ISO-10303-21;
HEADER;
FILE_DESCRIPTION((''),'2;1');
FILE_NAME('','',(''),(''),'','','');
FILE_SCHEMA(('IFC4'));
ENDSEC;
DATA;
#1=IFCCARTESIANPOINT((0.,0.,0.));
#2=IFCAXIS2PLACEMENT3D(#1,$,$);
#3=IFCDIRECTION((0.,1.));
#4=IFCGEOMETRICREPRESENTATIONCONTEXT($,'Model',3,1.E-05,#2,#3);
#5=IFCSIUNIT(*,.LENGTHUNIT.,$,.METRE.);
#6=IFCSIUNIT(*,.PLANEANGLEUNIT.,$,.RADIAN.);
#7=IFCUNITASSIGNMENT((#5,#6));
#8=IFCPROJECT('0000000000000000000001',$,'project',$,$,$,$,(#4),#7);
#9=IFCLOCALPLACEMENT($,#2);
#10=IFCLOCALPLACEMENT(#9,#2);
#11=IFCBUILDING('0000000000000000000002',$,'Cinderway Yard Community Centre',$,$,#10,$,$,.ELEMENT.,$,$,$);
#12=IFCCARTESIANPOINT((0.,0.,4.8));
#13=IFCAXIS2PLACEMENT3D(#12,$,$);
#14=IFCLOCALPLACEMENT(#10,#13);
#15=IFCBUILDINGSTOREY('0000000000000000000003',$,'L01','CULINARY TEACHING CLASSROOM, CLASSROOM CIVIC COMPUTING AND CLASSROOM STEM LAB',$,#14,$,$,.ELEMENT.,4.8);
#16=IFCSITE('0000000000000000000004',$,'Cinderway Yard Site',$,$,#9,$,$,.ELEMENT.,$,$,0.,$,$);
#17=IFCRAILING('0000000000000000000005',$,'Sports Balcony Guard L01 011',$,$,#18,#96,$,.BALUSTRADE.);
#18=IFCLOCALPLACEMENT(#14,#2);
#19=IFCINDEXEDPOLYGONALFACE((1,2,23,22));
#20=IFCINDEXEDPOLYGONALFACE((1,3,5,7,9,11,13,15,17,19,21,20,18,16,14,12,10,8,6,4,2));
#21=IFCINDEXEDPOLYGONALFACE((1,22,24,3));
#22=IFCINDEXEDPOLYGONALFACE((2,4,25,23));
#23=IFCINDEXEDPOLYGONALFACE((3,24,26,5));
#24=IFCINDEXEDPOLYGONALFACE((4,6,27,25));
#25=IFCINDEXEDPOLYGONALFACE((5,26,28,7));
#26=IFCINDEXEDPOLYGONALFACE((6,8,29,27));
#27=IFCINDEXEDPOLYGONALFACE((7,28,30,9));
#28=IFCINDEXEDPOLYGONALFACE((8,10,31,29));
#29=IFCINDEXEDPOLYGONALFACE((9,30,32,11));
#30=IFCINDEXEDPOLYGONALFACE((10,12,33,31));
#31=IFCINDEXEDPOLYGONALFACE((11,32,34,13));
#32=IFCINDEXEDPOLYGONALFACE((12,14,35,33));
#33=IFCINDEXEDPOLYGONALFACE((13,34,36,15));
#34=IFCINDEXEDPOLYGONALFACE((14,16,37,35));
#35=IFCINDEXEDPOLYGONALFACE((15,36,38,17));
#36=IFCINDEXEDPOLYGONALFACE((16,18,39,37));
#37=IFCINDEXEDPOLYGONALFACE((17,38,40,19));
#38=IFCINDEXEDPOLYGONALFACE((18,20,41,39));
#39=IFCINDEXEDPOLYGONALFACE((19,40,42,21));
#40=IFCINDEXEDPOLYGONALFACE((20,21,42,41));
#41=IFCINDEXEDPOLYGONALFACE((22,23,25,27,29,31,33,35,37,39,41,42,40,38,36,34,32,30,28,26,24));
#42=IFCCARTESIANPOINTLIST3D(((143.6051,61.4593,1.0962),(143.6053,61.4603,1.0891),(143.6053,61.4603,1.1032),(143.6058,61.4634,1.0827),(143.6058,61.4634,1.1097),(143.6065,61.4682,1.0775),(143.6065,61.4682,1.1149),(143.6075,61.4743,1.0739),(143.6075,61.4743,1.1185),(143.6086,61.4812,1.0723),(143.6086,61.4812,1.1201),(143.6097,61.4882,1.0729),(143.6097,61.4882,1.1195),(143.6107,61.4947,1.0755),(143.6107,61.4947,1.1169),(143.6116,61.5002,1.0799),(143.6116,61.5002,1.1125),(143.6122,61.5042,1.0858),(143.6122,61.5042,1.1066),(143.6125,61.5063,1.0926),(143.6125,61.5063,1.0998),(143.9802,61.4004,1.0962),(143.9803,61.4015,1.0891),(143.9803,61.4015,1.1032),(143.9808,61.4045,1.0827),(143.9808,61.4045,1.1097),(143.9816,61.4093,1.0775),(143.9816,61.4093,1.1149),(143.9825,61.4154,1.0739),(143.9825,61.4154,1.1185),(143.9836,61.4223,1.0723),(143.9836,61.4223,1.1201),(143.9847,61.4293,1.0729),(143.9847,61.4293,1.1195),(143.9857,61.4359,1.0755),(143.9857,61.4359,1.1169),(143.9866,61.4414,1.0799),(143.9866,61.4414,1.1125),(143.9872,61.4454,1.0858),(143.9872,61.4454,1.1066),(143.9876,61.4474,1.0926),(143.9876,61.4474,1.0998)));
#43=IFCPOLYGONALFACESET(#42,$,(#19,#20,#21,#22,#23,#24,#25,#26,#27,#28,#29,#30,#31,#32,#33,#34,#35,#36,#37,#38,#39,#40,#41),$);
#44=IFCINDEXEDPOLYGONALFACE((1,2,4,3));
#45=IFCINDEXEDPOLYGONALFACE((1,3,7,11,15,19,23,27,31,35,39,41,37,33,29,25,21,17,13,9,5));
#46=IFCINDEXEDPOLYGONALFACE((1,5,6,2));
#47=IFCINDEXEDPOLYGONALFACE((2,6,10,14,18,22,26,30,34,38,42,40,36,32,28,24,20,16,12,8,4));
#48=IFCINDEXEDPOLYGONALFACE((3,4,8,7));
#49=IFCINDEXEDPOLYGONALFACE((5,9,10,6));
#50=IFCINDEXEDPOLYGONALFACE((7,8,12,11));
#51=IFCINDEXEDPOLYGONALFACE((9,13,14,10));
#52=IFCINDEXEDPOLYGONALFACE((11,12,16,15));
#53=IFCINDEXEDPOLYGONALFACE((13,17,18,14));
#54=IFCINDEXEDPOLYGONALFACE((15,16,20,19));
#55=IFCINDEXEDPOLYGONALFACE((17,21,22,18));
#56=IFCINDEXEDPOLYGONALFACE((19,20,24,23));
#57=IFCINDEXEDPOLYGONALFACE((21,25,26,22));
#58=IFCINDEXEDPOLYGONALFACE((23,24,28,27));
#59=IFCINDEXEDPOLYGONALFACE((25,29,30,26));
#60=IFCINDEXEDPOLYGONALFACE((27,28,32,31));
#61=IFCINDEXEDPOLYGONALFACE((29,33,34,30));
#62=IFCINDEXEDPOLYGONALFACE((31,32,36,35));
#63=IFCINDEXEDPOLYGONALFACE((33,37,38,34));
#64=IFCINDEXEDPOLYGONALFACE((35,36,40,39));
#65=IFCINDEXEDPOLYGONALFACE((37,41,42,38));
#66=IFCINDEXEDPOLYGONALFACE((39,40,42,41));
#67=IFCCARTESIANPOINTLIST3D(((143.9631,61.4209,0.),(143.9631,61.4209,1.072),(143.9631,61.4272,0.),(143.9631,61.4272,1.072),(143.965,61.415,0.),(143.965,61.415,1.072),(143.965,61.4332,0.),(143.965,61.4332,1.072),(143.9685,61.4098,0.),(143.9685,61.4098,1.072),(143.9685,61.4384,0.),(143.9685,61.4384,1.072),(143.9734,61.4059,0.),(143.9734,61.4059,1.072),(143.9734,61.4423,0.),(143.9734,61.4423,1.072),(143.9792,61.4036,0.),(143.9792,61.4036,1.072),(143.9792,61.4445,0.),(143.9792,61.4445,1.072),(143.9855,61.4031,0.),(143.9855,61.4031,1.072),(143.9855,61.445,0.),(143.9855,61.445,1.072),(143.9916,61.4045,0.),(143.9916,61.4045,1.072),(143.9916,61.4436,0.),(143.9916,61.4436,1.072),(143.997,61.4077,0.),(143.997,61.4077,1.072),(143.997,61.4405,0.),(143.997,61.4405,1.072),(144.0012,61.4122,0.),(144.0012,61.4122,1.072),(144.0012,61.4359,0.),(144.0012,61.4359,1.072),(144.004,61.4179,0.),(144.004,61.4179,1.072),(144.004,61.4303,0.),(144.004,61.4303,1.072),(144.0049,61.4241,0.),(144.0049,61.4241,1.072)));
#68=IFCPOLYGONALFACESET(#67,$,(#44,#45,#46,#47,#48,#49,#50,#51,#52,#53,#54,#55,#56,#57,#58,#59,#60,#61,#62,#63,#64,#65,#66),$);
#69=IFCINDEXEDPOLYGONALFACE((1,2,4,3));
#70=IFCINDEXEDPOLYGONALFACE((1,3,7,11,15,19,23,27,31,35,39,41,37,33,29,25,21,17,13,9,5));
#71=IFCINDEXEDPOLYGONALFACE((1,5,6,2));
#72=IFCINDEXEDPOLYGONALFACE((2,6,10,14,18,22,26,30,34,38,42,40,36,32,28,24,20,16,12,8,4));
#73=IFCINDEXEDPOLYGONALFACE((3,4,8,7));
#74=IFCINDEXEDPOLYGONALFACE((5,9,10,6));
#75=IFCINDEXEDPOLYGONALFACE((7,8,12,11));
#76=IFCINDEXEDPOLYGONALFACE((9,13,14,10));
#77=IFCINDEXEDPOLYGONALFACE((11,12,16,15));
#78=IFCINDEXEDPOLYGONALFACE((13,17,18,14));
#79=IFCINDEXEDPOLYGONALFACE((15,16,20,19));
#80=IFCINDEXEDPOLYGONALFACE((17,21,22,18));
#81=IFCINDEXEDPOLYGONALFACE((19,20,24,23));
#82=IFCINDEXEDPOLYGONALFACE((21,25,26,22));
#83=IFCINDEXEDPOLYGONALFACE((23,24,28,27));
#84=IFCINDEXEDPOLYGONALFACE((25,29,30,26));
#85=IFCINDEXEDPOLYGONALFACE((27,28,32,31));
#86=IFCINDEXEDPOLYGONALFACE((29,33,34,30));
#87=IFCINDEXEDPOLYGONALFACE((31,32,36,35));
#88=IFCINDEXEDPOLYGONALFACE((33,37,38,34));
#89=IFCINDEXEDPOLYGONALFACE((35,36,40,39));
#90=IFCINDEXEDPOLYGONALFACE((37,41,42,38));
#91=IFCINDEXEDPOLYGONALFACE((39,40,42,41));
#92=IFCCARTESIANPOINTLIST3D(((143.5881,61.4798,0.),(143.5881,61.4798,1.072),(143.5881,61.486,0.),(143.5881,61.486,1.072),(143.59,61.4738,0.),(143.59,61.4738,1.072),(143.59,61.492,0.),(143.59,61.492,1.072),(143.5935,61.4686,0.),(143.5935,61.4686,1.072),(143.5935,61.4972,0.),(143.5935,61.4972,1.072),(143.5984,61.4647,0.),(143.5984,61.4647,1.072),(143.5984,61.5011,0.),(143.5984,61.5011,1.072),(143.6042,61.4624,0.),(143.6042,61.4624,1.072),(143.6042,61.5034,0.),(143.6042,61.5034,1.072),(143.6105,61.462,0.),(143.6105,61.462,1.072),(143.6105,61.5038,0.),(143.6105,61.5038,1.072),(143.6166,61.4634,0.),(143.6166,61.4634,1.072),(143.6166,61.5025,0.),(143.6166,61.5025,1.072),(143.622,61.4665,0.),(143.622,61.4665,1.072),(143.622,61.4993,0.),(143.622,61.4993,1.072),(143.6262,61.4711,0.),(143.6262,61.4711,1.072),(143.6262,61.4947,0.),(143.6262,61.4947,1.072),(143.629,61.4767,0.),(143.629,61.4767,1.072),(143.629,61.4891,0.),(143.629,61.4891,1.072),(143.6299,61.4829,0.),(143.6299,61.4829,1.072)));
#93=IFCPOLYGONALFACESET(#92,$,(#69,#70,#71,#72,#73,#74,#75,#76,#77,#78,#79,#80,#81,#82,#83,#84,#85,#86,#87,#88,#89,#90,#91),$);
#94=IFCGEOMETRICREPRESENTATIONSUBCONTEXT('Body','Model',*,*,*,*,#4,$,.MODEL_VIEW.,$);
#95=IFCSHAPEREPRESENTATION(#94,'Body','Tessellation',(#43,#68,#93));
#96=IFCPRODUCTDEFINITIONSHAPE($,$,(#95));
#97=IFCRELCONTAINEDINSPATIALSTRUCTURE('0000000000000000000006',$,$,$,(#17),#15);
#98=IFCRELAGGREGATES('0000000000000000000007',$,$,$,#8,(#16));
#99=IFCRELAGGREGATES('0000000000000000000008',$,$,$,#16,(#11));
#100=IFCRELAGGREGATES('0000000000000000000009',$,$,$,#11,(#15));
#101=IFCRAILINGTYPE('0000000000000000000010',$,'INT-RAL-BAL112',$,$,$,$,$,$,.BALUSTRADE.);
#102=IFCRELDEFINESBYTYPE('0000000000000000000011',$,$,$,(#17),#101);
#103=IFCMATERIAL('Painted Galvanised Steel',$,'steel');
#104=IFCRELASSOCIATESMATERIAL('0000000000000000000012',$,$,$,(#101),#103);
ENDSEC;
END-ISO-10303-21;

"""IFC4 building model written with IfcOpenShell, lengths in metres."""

from ifc_helpers import new_model, si_unit, direction, frame, origin, origin_2d, place, context, subcontext, project, spatial, circle, extrude, material, type_object, element, save


model = new_model("IFC4")

# Units and contexts
model_context = context("Model", 3, precision=1e-05, world=origin(), true_north=direction((0.0, 1.0)))
body_context = subcontext(model_context, "Body", "Model", "MODEL_VIEW")
ifc_project = project(units=[si_unit("LENGTHUNIT", "METRE"), si_unit("PLANEANGLEUNIT", "RADIAN")], contexts=[model_context])

# Site, building, storey
site_placement = place(None, origin())
site = spatial("IfcSite", under=ifc_project, at=site_placement, Name="Cinderway Yard Site", CompositionType="ELEMENT", RefElevation=0.0)
building_placement = place(site_placement, origin())
building = spatial("IfcBuilding", under=site, at=building_placement, Name="Cinderway Yard Community Centre", CompositionType="ELEMENT")
storey_placement = place(building_placement, frame((0.0, 0.0, 4.8)))
storey = spatial("IfcBuildingStorey", under=building, at=storey_placement, Name="L01", Description="CULINARY TEACHING CLASSROOM, CLASSROOM CIVIC COMPUTING AND CLASSROOM STEM LAB", CompositionType="ELEMENT", Elevation=4.8)

# Railing
ifc_material_1 = material(Name="Painted Galvanised Steel", Category="steel")
railing_type_1 = type_object("IfcRailingType", Name="INT-RAL-BAL112", PredefinedType="BALUSTRADE", material=ifc_material_1)
railing_1_placement = place(storey_placement, frame((143.9839, 61.4241, 0.0)))
element("IfcRailing", 1, at=railing_1_placement, inside=storey, type_object=railing_type_1, Name="Sports Balcony Guard L01 011", PredefinedType="BALUSTRADE", context=body_context, shape_type="SweptSolid", body=[
    extrude(circle(Radius=0.0239, at=origin_2d()), frame((0.0, 0.0, 1.0962), z_axis=(-0.987914, 0.155005, 0.0), x_axis=(-0.155005, -0.987914, 0.0)), (0.0, 0.0, 1.0), 0.3796),
    extrude(circle(Radius=0.021, at=origin_2d()), origin(), (0.0, 0.0, 1.0), 1.072),
    extrude(circle(Radius=0.021, at=origin_2d()), frame((-0.375, 0.0588, 0.0)), (0.0, 0.0, 1.0), 1.072),
])

save(model, "model.ifc")
